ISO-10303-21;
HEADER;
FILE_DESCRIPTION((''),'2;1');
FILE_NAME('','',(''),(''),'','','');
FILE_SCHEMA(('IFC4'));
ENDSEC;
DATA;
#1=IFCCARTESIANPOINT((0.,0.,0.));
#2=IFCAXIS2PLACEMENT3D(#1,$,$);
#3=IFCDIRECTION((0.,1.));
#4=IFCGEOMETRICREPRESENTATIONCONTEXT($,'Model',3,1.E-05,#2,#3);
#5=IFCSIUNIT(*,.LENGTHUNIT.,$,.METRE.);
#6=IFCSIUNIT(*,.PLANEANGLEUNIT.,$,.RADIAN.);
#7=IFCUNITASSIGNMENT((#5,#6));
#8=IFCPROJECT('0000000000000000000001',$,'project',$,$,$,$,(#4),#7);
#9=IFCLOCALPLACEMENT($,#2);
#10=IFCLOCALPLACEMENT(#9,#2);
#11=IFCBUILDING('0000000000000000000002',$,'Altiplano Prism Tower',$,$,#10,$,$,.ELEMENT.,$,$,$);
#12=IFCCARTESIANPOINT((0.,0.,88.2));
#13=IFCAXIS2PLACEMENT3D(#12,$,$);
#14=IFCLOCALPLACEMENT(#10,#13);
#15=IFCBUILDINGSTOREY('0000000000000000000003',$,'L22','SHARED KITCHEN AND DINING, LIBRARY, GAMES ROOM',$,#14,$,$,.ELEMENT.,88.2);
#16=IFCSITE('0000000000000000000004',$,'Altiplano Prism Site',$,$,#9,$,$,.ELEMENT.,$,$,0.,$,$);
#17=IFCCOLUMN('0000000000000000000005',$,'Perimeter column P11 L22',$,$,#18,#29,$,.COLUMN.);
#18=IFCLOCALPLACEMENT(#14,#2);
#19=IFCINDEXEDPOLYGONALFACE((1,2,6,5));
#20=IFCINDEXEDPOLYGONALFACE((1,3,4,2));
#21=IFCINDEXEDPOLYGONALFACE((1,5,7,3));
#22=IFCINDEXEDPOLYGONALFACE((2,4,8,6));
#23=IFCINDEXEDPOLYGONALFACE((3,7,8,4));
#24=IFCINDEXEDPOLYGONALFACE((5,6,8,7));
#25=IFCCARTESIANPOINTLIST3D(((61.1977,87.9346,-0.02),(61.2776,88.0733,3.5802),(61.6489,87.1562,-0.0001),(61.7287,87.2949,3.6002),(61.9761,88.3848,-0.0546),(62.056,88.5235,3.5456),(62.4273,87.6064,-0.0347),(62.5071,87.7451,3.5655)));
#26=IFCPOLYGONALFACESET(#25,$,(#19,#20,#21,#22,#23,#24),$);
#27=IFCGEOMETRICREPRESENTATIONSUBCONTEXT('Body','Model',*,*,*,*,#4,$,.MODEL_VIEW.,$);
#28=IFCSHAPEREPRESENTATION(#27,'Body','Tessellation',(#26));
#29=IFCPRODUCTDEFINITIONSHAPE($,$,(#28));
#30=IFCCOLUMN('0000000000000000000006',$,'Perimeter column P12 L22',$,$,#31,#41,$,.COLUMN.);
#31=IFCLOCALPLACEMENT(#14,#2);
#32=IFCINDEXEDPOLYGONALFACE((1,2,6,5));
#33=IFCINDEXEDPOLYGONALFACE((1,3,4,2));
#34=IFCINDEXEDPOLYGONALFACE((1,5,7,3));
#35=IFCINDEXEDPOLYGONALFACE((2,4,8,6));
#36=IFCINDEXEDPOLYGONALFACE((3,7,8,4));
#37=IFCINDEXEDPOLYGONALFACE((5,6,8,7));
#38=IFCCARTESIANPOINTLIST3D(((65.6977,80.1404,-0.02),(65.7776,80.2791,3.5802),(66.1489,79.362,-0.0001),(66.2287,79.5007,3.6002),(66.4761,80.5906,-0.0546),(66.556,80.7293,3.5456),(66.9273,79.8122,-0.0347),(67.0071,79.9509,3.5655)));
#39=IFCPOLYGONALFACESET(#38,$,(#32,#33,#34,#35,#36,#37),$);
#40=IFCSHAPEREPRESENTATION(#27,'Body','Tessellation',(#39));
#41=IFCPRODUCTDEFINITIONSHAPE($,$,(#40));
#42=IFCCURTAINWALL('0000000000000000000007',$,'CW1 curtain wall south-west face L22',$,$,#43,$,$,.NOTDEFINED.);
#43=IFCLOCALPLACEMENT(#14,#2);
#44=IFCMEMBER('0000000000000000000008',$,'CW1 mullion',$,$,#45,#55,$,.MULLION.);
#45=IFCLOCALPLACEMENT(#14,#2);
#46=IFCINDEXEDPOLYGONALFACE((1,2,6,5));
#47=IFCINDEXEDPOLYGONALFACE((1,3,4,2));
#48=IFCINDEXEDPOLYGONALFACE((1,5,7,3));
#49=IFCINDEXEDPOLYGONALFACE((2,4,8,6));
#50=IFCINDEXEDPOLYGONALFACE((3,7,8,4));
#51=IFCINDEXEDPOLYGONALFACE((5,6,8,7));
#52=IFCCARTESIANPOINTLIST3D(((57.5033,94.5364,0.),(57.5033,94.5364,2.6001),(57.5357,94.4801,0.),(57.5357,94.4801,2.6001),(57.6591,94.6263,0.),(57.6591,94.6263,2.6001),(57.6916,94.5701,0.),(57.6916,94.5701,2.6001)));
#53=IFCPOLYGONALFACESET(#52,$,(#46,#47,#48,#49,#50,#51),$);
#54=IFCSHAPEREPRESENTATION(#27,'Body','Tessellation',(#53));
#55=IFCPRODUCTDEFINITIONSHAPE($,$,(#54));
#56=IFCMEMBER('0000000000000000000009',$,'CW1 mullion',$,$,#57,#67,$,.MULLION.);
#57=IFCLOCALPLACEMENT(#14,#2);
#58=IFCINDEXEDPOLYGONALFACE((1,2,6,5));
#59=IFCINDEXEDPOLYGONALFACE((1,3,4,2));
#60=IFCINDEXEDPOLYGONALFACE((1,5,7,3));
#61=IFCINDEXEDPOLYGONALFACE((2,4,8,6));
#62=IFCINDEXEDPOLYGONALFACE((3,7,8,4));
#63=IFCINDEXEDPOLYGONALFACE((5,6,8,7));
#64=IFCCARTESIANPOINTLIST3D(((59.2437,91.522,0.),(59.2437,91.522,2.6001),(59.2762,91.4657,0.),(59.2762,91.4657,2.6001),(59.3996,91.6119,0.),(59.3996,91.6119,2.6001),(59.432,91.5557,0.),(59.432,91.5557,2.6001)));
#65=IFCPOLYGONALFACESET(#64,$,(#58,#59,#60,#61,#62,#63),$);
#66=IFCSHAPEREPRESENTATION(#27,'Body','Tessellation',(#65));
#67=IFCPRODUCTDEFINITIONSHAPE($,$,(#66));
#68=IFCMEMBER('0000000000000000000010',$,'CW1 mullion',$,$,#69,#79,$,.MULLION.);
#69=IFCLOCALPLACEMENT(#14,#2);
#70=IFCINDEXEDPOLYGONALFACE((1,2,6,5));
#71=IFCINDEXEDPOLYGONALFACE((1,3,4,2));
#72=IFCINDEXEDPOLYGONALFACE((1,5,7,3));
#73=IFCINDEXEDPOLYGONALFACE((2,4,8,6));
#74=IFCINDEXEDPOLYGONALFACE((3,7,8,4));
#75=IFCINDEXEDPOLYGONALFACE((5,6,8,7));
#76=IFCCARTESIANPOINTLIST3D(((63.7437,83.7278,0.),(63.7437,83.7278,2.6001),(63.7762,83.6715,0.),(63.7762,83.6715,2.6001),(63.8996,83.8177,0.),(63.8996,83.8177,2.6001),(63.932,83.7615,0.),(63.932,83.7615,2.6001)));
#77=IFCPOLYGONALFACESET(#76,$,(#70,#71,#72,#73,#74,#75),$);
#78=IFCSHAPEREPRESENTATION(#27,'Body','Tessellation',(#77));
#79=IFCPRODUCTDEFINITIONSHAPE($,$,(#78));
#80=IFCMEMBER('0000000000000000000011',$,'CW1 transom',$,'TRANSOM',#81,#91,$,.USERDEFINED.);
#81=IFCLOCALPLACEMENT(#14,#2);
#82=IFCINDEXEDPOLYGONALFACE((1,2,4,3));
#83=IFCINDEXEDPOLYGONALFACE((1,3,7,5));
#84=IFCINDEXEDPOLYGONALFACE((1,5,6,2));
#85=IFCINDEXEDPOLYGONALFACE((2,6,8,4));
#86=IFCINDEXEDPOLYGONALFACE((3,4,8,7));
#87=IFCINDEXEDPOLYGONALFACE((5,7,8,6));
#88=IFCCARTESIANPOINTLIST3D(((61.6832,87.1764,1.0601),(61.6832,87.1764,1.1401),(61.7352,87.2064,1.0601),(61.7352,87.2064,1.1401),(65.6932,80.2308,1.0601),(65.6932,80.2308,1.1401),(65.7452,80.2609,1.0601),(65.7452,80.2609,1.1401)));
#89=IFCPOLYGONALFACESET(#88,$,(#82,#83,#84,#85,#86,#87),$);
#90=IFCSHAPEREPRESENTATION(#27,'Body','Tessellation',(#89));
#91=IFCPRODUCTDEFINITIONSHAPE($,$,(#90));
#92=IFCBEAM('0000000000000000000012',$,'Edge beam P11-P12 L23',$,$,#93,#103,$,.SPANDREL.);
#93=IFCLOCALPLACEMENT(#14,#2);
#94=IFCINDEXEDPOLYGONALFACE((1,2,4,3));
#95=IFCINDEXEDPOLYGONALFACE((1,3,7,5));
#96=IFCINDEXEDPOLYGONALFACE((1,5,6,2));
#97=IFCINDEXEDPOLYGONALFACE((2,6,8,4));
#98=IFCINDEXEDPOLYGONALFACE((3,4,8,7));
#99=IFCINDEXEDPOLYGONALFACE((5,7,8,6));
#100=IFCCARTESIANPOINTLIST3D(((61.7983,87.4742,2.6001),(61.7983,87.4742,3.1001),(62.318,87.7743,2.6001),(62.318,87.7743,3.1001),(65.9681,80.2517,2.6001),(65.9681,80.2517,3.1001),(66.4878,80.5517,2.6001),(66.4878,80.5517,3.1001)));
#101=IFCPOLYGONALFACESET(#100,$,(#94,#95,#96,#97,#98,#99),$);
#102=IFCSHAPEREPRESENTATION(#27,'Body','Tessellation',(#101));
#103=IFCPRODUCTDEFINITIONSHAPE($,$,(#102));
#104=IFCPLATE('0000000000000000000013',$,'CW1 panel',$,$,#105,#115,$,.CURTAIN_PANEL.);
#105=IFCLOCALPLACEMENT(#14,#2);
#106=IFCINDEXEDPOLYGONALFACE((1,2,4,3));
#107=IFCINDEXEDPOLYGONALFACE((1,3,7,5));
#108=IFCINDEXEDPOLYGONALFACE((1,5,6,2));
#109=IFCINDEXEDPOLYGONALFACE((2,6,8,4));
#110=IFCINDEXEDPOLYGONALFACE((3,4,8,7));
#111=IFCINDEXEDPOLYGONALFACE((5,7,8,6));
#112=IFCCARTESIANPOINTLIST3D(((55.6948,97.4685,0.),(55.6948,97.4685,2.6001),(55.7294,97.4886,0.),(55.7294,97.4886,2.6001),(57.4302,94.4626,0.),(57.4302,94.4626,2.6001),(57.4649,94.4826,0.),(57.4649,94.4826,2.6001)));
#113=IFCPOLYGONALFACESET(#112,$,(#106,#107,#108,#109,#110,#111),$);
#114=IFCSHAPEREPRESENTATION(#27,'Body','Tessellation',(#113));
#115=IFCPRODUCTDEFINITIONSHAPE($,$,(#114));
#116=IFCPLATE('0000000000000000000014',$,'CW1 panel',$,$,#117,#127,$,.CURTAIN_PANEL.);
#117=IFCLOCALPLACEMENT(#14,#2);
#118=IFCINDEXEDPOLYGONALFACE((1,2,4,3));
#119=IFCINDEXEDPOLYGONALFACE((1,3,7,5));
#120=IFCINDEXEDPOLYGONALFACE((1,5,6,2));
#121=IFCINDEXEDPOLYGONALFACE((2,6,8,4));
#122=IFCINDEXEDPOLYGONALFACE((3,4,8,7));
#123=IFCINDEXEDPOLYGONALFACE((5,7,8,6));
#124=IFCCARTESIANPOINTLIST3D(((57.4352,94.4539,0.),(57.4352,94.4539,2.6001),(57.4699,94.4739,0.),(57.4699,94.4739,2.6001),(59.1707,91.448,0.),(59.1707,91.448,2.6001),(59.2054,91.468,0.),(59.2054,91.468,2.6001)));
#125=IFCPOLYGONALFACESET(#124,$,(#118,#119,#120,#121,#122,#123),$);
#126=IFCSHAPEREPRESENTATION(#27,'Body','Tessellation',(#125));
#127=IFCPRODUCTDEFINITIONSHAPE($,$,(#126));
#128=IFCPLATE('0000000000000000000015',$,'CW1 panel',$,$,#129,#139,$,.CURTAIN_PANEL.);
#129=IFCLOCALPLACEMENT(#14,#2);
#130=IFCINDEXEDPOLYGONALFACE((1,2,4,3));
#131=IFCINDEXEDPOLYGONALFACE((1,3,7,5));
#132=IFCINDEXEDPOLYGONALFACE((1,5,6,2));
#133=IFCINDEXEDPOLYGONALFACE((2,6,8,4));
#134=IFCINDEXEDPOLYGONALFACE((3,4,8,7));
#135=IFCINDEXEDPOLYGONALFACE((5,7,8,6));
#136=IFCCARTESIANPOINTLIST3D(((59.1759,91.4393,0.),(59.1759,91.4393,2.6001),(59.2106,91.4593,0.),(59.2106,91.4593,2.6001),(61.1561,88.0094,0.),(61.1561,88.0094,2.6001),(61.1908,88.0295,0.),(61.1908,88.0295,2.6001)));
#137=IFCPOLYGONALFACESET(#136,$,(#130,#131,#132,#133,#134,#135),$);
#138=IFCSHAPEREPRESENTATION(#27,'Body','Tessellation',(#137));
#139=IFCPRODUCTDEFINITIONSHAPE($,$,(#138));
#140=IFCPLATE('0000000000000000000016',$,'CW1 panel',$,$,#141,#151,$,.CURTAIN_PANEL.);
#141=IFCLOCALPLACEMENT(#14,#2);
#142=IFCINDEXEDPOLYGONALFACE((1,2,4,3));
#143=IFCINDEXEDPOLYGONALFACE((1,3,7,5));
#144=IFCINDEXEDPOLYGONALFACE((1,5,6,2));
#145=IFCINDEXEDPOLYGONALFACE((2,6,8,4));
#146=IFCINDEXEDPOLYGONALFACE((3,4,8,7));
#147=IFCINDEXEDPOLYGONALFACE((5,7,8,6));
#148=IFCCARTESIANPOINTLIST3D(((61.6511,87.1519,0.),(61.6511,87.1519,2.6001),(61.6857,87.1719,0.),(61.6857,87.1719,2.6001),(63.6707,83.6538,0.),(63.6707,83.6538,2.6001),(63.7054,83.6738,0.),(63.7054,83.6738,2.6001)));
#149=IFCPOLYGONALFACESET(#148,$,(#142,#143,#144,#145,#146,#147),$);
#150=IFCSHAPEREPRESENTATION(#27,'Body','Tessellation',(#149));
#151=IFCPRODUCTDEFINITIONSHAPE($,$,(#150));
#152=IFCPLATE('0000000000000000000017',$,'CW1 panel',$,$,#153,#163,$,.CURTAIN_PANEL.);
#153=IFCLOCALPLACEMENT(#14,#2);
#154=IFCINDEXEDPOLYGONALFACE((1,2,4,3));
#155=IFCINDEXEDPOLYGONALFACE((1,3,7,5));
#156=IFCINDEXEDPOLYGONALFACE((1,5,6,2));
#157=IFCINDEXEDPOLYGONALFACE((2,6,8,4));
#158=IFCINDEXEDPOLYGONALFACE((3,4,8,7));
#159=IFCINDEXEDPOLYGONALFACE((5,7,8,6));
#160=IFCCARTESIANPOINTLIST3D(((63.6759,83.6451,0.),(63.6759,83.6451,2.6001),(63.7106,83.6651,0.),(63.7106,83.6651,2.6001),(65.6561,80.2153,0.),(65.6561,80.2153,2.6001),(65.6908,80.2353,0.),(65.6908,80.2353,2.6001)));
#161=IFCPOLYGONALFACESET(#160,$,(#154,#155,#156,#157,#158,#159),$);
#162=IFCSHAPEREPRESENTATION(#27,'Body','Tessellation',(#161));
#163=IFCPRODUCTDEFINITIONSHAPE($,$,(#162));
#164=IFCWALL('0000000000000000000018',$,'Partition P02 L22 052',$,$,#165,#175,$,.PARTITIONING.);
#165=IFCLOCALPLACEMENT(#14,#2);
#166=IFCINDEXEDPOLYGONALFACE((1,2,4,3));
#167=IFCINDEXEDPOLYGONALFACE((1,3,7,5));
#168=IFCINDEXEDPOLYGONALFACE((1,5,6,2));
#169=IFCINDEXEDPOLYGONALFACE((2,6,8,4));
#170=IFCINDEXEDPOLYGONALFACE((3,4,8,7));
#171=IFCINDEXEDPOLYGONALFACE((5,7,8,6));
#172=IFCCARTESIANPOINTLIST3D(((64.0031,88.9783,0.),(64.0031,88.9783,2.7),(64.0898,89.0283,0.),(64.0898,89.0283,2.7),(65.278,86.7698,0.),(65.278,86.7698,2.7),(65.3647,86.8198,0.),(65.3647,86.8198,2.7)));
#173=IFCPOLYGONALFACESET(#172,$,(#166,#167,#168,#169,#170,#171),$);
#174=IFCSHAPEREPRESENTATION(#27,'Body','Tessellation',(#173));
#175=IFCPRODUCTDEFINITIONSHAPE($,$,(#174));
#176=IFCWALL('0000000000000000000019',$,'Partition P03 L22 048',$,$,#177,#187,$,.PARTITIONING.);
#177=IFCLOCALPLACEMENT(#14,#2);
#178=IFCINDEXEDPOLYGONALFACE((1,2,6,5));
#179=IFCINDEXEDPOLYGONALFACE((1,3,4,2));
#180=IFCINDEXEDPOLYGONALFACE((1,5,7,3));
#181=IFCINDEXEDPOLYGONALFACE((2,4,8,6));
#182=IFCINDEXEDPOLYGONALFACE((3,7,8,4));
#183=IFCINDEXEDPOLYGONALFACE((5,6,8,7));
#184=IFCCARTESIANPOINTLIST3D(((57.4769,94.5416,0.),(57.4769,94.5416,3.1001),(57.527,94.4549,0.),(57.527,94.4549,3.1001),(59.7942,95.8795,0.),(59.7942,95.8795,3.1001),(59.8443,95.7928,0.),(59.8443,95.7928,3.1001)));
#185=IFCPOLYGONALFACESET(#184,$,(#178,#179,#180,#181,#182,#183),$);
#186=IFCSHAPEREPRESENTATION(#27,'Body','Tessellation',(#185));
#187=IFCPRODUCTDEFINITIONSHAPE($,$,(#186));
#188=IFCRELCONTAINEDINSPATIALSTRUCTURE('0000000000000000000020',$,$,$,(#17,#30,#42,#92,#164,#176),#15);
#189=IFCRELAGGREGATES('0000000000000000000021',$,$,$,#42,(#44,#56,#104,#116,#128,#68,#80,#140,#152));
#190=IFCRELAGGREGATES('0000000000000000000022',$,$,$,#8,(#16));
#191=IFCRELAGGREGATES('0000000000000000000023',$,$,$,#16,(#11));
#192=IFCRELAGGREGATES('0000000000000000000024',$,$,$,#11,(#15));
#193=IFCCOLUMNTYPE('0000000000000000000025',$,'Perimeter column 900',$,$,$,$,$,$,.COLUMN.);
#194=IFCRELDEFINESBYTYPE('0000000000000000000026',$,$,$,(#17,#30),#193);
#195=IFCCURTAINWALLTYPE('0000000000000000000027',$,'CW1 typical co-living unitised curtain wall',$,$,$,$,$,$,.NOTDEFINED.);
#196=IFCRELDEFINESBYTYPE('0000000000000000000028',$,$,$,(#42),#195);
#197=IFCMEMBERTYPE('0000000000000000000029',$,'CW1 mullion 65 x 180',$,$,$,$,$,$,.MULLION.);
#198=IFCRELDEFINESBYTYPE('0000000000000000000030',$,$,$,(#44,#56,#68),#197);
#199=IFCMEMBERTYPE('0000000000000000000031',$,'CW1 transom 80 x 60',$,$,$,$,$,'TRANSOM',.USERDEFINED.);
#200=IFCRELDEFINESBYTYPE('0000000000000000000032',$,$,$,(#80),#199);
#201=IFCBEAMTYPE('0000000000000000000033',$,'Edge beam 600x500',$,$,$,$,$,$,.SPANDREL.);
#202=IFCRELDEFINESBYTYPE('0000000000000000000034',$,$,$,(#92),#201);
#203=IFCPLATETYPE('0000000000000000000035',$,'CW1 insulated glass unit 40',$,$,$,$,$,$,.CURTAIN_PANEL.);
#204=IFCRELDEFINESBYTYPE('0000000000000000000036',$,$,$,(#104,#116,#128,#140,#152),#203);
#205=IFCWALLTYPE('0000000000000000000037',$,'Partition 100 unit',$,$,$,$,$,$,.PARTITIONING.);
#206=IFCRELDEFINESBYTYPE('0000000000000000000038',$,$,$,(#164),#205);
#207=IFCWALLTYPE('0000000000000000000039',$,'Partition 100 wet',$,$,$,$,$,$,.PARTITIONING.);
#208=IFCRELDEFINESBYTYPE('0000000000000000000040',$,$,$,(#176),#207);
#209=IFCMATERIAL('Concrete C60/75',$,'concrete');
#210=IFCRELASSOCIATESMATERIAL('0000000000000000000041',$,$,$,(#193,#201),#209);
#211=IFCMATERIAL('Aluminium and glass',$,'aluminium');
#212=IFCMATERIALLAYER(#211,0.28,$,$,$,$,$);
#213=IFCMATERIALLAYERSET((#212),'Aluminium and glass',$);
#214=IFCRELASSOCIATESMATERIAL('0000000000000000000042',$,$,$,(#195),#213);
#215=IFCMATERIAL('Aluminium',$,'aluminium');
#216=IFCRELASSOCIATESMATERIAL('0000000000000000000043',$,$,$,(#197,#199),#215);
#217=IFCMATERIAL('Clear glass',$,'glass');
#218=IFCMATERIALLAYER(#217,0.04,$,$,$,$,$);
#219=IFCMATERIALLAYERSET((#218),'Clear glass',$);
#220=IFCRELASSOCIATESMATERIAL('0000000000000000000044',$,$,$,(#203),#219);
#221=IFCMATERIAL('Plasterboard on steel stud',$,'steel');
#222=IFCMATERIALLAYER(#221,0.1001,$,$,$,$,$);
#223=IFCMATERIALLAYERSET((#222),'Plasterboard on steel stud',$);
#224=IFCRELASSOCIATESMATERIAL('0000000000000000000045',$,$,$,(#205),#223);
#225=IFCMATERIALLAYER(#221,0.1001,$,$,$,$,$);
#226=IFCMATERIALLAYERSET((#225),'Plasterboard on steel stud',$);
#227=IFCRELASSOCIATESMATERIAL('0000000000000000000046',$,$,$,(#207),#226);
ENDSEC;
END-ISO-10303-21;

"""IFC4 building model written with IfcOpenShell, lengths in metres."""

from ifc_helpers import new_model, si_unit, direction, frame, frame_2d, origin, origin_2d, place, context, subcontext, project, spatial, rectangle, extrude, material, layer, layer_set, material_profile, profile_set, type_object, element, aggregate, save


model = new_model("IFC4")

# Units and contexts
model_context = context("Model", 3, precision=1e-05, world=origin(), true_north=direction((0.0, 1.0)))
body_context = subcontext(model_context, "Body", "Model", "MODEL_VIEW")
ifc_project = project(units=[si_unit("LENGTHUNIT", "METRE"), si_unit("PLANEANGLEUNIT", "RADIAN")], contexts=[model_context])

# Site, building, storey
site_placement = place(None, origin())
site = spatial("IfcSite", under=ifc_project, at=site_placement, Name="Altiplano Prism Site", CompositionType="ELEMENT", RefElevation=0.0)
building_placement = place(site_placement, origin())
building = spatial("IfcBuilding", under=site, at=building_placement, Name="Altiplano Prism Tower", CompositionType="ELEMENT")
storey_placement = place(building_placement, frame((0.0, 0.0, 88.2)))
storey = spatial("IfcBuildingStorey", under=building, at=storey_placement, Name="L22", Description="SHARED KITCHEN AND DINING, LIBRARY, GAMES ROOM", CompositionType="ELEMENT", Elevation=88.2)

# Columns
ifc_material_1 = material(Name="Concrete C60/75", Category="concrete")
ifc_material_profile_1 = material_profile(ifc_material_1, rectangle(XDim=0.8999, YDim=0.8999, at=origin_2d()), Name="Perimeter column 900")
ifc_profile_set_1 = profile_set([ifc_material_profile_1], Name="Concrete C60/75")
column_type = type_object("IfcColumnType", Name="Perimeter column 900", PredefinedType="COLUMN", material=ifc_profile_set_1)
for number, where, z_axis, x_axis, name in (
    (1, (61.8125, 87.7705, -0.0273), (0.022154, 0.038481, 0.999014), (-0.86498, -0.500331, 0.038454), "Perimeter column P11 L22"),
    (2, (66.3125, 79.9763, -0.0273), (0.022154, 0.038481, 0.999014), (-0.86498, -0.500331, 0.038454), "Perimeter column P12 L22"),
):
    element("IfcColumn", number, at=place(storey_placement, frame(where, z_axis=z_axis, x_axis=x_axis)), inside=storey, type_object=column_type, Name=name, PredefinedType="COLUMN", context=body_context, shape_type="SweptSolid", body=[
        extrude(rectangle(XDim=0.8999, YDim=0.8999, at=origin_2d()), origin(), (0.0, 0.0, 1.0), 3.6038),
    ])

# Curtain wall, members
ifc_material_2 = material(Name="Aluminium and glass", Category="aluminium")
ifc_layer_1 = layer(ifc_material_2, 0.28)
ifc_layer_set_1 = layer_set([ifc_layer_1], Name="Aluminium and glass")
curtain_wall_type = type_object("IfcCurtainWallType", Name="CW1 typical co-living unitised curtain wall", PredefinedType="NOTDEFINED", material=ifc_layer_set_1)
curtain_wall_placement = place(storey_placement, origin())
curtain_wall = element("IfcCurtainWall", 3, at=curtain_wall_placement, inside=storey, type_object=curtain_wall_type, Name="CW1 curtain wall south-west face L22", PredefinedType="NOTDEFINED")
ifc_material_3 = material(Name="Aluminium", Category="aluminium")
ifc_material_profile_2 = material_profile(ifc_material_3, rectangle(XDim=0.1799, YDim=0.0649, at=origin_2d()), Name="CW1 mullion 65 x 180")
ifc_profile_set_2 = profile_set([ifc_material_profile_2], Name="Aluminium")
member_type_1 = type_object("IfcMemberType", Name="CW1 mullion 65 x 180", PredefinedType="MULLION", material=ifc_profile_set_2)
member_1_placement = place(storey_placement, frame((57.5974, 94.5532, 0.0), z_axis=(0.0, 0.0, 1.0), x_axis=(0.866025, 0.5, 0.0)))
member_1 = element("IfcMember", 4, at=member_1_placement, type_object=member_type_1, Name="CW1 mullion", PredefinedType="MULLION", context=body_context, shape_type="SweptSolid", body=[
    extrude(rectangle(XDim=0.1799, YDim=0.0649, at=origin_2d()), origin(), (0.0, 0.0, 1.0), 2.6001),
])
member_2_placement = place(storey_placement, frame((59.3379, 91.5388, 0.0), z_axis=(0.0, 0.0, 1.0), x_axis=(0.866025, 0.5, 0.0)))
member_2 = element("IfcMember", 5, at=member_2_placement, type_object=member_type_1, Name="CW1 mullion", PredefinedType="MULLION", context=body_context, shape_type="SweptSolid", body=[
    extrude(rectangle(XDim=0.1799, YDim=0.0649, at=origin_2d()), origin(), (0.0, 0.0, 1.0), 2.6001),
])
member_3_placement = place(storey_placement, frame((63.8379, 83.7446, 0.0), z_axis=(0.0, 0.0, 1.0), x_axis=(0.866025, 0.5, 0.0)))
member_3 = element("IfcMember", 6, at=member_3_placement, type_object=member_type_1, Name="CW1 mullion", PredefinedType="MULLION", context=body_context, shape_type="SweptSolid", body=[
    extrude(rectangle(XDim=0.1799, YDim=0.0649, at=origin_2d()), origin(), (0.0, 0.0, 1.0), 2.6001),
])
ifc_material_profile_3 = material_profile(ifc_material_3, rectangle(XDim=0.0601, YDim=0.0801, at=origin_2d()), Name="CW1 transom 80 x 60")
ifc_profile_set_3 = profile_set([ifc_material_profile_3], Name="Aluminium")
member_type_2 = type_object("IfcMemberType", Name="CW1 transom 80 x 60", ElementType="TRANSOM", PredefinedType="USERDEFINED", material=ifc_profile_set_3)
member_4_placement = place(storey_placement, frame((61.7092, 87.1914, 1.1001), z_axis=(0.499999, -0.866026, 0.0), x_axis=(0.866026, 0.499999, 0.0)))
member_4 = element("IfcMember", 7, at=member_4_placement, type_object=member_type_2, Name="CW1 transom", ObjectType="TRANSOM", PredefinedType="USERDEFINED", context=body_context, shape_type="SweptSolid", body=[
    extrude(rectangle(XDim=0.0601, YDim=0.0801, at=origin_2d()), origin(), (0.0, 0.0, 1.0), 8.02),
])

# Beam
ifc_material_profile_4 = material_profile(ifc_material_1, rectangle(XDim=0.6001, YDim=0.5, at=origin_2d()), Name="Edge beam 600x500")
ifc_profile_set_4 = profile_set([ifc_material_profile_4], Name="Concrete C60/75")
beam_type = type_object("IfcBeamType", Name="Edge beam 600x500", PredefinedType="SPANDREL", material=ifc_profile_set_4)
beam_placement = place(storey_placement, frame((62.0581, 87.6243, 2.8501), z_axis=(0.499993, -0.86603, 0.0), x_axis=(0.86603, 0.499993, 0.0)))
element("IfcBeam", 8, at=beam_placement, inside=storey, type_object=beam_type, Name="Edge beam P11-P12 L23", PredefinedType="SPANDREL", context=body_context, shape_type="SweptSolid", body=[
    extrude(rectangle(XDim=0.6001, YDim=0.5, at=origin_2d()), origin(), (0.0, 0.0, 1.0), 8.3398),
])

# Plates
ifc_material_4 = material(Name="Clear glass", Category="glass")
ifc_layer_2 = layer(ifc_material_4, 0.04)
ifc_layer_set_2 = layer_set([ifc_layer_2], Name="Clear glass")
plate_type = type_object("IfcPlateType", Name="CW1 insulated glass unit 40", PredefinedType="CURTAIN_PANEL", material=ifc_layer_set_2)
plate_1_placement = place(storey_placement, frame((56.5798, 95.9756, 0.0), z_axis=(0.0, 0.0, 1.0), x_axis=(0.5, -0.866025, 0.0)))
plate_1 = element("IfcPlate", 9, at=plate_1_placement, type_object=plate_type, Name="CW1 panel", PredefinedType="CURTAIN_PANEL", context=body_context, shape_type="SweptSolid", body=[
    extrude(rectangle(XDim=3.4709, YDim=0.04, at=origin_2d()), origin(), (0.0, 0.0, 1.0), 2.6001),
])
plate_2_placement = place(storey_placement, frame((58.3203, 92.9609, 0.0), z_axis=(0.0, 0.0, 1.0), x_axis=(0.5, -0.866025, 0.0)))
plate_2 = element("IfcPlate", 10, at=plate_2_placement, type_object=plate_type, Name="CW1 panel", PredefinedType="CURTAIN_PANEL", context=body_context, shape_type="SweptSolid", body=[
    extrude(rectangle(XDim=3.4709, YDim=0.04, at=origin_2d()), origin(), (0.0, 0.0, 1.0), 2.6001),
])
plate_3_placement = place(storey_placement, frame((60.1833, 89.7344, 0.0), z_axis=(0.0, 0.0, 1.0), x_axis=(0.5, -0.866025, 0.0)))
plate_3 = element("IfcPlate", 11, at=plate_3_placement, type_object=plate_type, Name="CW1 panel", PredefinedType="CURTAIN_PANEL", context=body_context, shape_type="SweptSolid", body=[
    extrude(rectangle(XDim=3.9604, YDim=0.04, at=origin_2d()), origin(), (0.0, 0.0, 1.0), 2.6001),
])
plate_4_placement = place(storey_placement, frame((62.6782, 85.4128, 0.0), z_axis=(0.0, 0.0, 1.0), x_axis=(0.5, -0.866025, 0.0)))
plate_4 = element("IfcPlate", 12, at=plate_4_placement, type_object=plate_type, Name="CW1 panel", PredefinedType="CURTAIN_PANEL", context=body_context, shape_type="SweptSolid", body=[
    extrude(rectangle(XDim=4.0393, YDim=0.04, at=origin_2d()), origin(), (0.0, 0.0, 1.0), 2.6001),
])
plate_5_placement = place(storey_placement, frame((64.6833, 81.9402, 0.0), z_axis=(0.0, 0.0, 1.0), x_axis=(0.5, -0.866025, 0.0)))
plate_5 = element("IfcPlate", 13, at=plate_5_placement, type_object=plate_type, Name="CW1 panel", PredefinedType="CURTAIN_PANEL", context=body_context, shape_type="SweptSolid", body=[
    extrude(rectangle(XDim=3.9604, YDim=0.04, at=origin_2d()), origin(), (0.0, 0.0, 1.0), 2.6001),
])
aggregate(curtain_wall, [member_1, member_2, plate_1, plate_2, plate_3, member_3, member_4, plate_4, plate_5])

# Walls
ifc_material_5 = material(Name="Plasterboard on steel stud", Category="steel")
ifc_layer_3 = layer(ifc_material_5, 0.1001)
ifc_layer_set_3 = layer_set([ifc_layer_3], Name="Plasterboard on steel stud")
wall_type_1 = type_object("IfcWallType", Name="Partition 100 unit", PredefinedType="PARTITIONING", material=ifc_layer_set_3)
wall_1_placement = place(storey_placement, frame((65.3213, 86.7949, 0.0), z_axis=(0.0, 0.0, 1.0), x_axis=(-0.499949, 0.866055, 0.0)))
element("IfcWall", 14, at=wall_1_placement, inside=storey, type_object=wall_type_1, Name="Partition P02 L22 052", PredefinedType="PARTITIONING", context=body_context, shape_type="SweptSolid", body=[
    extrude(rectangle(XDim=2.55, YDim=0.1001, at=frame_2d((1.2749, 0.0))), origin(), (0.0, 0.0, 1.0), 2.7),
])
ifc_layer_4 = layer(ifc_material_5, 0.1001)
ifc_layer_set_4 = layer_set([ifc_layer_4], Name="Plasterboard on steel stud")
wall_type_2 = type_object("IfcWallType", Name="Partition 100 wet", PredefinedType="PARTITIONING", material=ifc_layer_set_4)
wall_2_placement = place(storey_placement, frame((57.502, 94.4983, 0.0), z_axis=(0.0, 0.0, 1.0), x_axis=(0.866034, 0.499986, 0.0)))
element("IfcWall", 15, at=wall_2_placement, inside=storey, type_object=wall_type_2, Name="Partition P03 L22 048", PredefinedType="PARTITIONING", context=body_context, shape_type="SweptSolid", body=[
    extrude(rectangle(XDim=2.6758, YDim=0.1001, at=frame_2d((1.3379, 0.0))), origin(), (0.0, 0.0, 1.0), 3.1001),
])

save(model, "model.ifc")
